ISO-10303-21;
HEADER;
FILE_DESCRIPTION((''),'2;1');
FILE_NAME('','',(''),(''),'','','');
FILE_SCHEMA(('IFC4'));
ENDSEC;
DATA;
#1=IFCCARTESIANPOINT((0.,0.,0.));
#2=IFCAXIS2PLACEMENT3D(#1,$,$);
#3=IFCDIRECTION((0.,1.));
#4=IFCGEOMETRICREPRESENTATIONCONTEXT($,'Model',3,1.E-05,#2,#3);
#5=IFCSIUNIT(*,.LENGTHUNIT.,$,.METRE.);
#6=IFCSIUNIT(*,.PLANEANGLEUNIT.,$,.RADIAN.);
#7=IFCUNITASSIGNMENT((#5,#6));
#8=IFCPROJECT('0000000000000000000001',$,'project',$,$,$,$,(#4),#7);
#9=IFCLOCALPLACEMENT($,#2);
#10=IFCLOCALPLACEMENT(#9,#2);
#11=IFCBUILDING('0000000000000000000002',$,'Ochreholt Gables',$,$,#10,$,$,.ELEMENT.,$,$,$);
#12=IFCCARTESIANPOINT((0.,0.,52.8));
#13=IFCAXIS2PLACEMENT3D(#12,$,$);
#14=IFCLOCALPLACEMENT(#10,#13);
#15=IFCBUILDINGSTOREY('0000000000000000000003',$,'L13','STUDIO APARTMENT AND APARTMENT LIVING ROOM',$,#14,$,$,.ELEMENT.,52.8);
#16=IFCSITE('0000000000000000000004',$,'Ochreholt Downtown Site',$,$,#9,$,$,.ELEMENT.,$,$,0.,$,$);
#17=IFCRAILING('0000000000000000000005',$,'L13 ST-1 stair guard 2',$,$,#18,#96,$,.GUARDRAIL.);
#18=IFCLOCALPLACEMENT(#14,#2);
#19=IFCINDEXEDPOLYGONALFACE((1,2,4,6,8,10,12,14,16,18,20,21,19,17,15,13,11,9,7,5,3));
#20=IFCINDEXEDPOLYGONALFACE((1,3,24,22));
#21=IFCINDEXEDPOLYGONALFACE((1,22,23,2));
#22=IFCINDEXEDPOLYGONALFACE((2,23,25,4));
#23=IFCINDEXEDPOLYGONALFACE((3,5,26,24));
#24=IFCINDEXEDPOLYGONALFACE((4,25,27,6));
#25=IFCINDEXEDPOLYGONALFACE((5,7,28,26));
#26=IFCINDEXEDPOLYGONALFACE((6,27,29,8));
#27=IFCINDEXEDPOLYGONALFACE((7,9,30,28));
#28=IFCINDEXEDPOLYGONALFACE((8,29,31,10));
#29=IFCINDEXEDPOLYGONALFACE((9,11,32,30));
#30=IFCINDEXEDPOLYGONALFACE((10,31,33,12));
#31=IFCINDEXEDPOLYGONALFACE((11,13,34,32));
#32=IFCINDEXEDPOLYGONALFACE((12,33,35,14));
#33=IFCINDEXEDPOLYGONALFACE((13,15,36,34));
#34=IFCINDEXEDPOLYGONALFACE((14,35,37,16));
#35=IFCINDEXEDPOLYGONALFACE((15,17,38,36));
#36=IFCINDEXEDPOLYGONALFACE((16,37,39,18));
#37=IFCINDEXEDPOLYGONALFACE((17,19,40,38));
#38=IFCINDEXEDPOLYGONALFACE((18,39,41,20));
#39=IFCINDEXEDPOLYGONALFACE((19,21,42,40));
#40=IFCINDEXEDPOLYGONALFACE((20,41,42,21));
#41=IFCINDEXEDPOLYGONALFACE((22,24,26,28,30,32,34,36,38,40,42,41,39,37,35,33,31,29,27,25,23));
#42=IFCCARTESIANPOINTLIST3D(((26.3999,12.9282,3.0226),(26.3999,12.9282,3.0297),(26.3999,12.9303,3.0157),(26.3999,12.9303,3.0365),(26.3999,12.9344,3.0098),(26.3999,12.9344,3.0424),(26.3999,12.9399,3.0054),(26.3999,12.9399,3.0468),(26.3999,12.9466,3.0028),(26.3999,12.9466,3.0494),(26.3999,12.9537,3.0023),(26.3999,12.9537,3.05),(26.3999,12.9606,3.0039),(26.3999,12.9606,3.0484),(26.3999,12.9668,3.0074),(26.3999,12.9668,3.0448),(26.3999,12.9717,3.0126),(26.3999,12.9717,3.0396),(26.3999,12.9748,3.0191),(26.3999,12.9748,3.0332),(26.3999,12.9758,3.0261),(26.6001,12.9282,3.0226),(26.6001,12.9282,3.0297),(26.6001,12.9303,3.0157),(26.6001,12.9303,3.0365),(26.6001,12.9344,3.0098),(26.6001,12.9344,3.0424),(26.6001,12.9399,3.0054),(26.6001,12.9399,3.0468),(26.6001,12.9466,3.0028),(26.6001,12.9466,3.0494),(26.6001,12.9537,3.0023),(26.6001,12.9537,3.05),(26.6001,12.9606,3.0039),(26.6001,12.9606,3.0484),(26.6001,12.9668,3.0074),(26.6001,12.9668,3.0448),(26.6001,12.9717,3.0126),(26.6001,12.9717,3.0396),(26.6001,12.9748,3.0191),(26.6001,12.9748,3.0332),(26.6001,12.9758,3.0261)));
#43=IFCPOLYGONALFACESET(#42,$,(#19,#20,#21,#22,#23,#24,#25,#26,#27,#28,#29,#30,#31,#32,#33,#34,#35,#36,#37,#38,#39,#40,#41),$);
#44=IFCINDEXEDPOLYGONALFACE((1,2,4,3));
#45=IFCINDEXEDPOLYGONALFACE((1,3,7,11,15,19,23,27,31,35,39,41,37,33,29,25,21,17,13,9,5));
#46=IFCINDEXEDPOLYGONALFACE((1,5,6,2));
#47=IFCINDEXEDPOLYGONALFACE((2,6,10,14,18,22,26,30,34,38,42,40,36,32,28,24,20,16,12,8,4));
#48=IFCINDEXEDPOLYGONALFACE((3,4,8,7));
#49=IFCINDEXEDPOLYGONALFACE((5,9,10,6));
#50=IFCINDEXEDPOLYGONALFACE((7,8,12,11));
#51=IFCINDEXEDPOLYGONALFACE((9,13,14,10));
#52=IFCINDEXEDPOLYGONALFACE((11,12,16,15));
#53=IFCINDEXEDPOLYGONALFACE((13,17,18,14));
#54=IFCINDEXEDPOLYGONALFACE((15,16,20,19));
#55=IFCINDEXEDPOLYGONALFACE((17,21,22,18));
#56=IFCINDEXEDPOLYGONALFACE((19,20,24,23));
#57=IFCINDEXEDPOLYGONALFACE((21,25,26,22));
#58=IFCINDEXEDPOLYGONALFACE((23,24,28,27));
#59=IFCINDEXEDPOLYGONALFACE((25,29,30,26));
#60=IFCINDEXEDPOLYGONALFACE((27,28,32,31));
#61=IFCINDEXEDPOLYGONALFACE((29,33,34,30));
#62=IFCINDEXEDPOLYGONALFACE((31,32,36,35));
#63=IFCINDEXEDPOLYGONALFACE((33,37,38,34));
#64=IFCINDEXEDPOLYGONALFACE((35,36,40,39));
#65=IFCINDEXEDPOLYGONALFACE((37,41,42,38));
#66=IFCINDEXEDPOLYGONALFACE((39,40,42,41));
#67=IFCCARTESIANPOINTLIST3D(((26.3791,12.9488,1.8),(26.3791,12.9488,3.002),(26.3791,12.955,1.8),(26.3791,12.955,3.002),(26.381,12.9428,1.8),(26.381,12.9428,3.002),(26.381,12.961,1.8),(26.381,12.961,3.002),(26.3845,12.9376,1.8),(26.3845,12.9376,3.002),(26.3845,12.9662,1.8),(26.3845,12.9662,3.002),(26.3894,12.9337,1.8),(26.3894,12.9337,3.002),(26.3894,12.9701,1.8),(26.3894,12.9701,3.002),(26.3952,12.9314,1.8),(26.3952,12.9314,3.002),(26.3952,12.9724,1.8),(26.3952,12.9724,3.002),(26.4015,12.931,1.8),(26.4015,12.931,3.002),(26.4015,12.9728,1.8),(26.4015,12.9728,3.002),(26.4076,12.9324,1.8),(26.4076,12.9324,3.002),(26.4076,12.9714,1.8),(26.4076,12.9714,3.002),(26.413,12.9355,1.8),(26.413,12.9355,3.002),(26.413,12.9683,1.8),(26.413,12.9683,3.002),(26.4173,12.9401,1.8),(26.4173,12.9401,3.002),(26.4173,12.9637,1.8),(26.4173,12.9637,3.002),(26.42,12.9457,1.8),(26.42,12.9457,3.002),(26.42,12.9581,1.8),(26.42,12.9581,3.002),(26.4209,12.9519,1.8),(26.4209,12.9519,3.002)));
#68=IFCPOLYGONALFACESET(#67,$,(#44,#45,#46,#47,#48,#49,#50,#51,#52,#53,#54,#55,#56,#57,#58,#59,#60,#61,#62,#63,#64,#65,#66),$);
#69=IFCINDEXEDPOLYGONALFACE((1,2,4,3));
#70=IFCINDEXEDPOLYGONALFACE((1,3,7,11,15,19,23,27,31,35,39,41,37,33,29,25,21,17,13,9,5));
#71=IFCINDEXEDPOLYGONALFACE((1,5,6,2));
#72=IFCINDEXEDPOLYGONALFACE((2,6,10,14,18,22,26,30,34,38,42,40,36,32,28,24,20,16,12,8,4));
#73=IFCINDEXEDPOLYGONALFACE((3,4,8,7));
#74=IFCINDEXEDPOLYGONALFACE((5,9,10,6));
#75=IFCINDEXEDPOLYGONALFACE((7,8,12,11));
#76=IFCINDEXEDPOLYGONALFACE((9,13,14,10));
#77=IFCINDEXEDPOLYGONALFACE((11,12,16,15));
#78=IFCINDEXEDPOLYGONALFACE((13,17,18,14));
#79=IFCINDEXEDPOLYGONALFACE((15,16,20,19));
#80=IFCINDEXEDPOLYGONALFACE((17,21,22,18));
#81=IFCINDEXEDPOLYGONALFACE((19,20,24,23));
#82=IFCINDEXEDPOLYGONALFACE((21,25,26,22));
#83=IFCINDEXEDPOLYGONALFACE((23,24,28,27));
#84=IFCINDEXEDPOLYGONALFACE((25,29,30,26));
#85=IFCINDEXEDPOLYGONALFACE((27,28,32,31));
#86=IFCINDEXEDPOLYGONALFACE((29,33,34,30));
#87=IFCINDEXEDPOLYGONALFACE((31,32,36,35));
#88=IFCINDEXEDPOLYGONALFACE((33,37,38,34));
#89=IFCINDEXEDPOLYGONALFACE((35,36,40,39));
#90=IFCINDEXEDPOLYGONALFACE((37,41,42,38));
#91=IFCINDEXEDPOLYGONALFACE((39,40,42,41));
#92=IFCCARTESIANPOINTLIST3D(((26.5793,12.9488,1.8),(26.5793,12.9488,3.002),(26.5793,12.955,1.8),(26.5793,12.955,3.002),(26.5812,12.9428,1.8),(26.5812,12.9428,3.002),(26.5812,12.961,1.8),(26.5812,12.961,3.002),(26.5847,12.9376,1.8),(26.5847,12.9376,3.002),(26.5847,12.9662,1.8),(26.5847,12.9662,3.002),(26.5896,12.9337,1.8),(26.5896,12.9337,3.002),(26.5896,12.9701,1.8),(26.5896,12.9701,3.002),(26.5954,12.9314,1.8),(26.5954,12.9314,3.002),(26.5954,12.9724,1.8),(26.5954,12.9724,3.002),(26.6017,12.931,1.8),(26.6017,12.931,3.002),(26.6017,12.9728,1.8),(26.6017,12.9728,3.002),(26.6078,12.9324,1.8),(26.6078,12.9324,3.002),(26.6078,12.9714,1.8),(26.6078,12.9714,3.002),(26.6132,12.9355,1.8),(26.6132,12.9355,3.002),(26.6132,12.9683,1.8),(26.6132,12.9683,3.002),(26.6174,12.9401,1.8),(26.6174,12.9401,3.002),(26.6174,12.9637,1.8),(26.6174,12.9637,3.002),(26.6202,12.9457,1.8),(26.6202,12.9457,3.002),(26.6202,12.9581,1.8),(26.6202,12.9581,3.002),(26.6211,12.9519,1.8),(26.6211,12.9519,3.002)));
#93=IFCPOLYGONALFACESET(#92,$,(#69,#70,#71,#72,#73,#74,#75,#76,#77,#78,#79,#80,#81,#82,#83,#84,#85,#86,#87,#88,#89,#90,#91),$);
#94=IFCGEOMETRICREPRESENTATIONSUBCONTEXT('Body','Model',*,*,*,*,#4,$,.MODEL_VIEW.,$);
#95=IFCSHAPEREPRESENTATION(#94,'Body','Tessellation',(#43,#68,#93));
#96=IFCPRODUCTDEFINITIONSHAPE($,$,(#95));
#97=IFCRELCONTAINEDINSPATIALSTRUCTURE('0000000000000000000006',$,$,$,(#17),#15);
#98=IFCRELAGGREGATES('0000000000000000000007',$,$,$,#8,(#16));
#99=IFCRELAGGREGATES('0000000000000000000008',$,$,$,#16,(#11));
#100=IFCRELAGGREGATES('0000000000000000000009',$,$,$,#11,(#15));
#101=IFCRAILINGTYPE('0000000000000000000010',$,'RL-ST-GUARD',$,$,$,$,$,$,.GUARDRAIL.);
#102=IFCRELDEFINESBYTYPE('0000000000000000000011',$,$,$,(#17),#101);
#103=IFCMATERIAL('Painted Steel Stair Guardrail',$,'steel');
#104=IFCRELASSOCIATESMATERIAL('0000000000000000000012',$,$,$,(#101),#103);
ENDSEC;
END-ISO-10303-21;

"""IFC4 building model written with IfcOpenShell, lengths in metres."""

from ifc_helpers import new_model, si_unit, direction, frame, origin, origin_2d, place, context, subcontext, project, spatial, circle, extrude, material, type_object, element, save


model = new_model("IFC4")

# Units and contexts
model_context = context("Model", 3, precision=1e-05, world=origin(), true_north=direction((0.0, 1.0)))
body_context = subcontext(model_context, "Body", "Model", "MODEL_VIEW")
ifc_project = project(units=[si_unit("LENGTHUNIT", "METRE"), si_unit("PLANEANGLEUNIT", "RADIAN")], contexts=[model_context])

# Site, building, storey
site_placement = place(None, origin())
site = spatial("IfcSite", under=ifc_project, at=site_placement, Name="Ochreholt Downtown Site", CompositionType="ELEMENT", RefElevation=0.0)
building_placement = place(site_placement, origin())
building = spatial("IfcBuilding", under=site, at=building_placement, Name="Ochreholt Gables", CompositionType="ELEMENT")
storey_placement = place(building_placement, frame((0.0, 0.0, 52.8)))
storey = spatial("IfcBuildingStorey", under=building, at=storey_placement, Name="L13", Description="STUDIO APARTMENT AND APARTMENT LIVING ROOM", CompositionType="ELEMENT", Elevation=52.8)

# Railing
ifc_material_1 = material(Name="Painted Steel Stair Guardrail", Category="steel")
railing_type_1 = type_object("IfcRailingType", Name="RL-ST-GUARD", PredefinedType="GUARDRAIL", material=ifc_material_1)
railing_1_placement = place(storey_placement, frame((26.3999, 12.9519, 1.8)))
element("IfcRailing", 1, at=railing_1_placement, inside=storey, type_object=railing_type_1, Name="L13 ST-1 stair guard 2", PredefinedType="GUARDRAIL", context=body_context, shape_type="SweptSolid", body=[
    extrude(circle(Radius=0.0239, at=origin_2d()), frame((0.0, 0.0, 1.2261), z_axis=(1.0, 0.0, 0.0), x_axis=(0.0, 1.0, 0.0)), (0.0, 0.0, 1.0), 0.2002),
    extrude(circle(Radius=0.021, at=origin_2d()), origin(), (0.0, 0.0, 1.0), 1.2019),
    extrude(circle(Radius=0.021, at=origin_2d()), frame((0.2002, 0.0, 0.0)), (0.0, 0.0, 1.0), 1.2019),
])

save(model, "model.ifc")
